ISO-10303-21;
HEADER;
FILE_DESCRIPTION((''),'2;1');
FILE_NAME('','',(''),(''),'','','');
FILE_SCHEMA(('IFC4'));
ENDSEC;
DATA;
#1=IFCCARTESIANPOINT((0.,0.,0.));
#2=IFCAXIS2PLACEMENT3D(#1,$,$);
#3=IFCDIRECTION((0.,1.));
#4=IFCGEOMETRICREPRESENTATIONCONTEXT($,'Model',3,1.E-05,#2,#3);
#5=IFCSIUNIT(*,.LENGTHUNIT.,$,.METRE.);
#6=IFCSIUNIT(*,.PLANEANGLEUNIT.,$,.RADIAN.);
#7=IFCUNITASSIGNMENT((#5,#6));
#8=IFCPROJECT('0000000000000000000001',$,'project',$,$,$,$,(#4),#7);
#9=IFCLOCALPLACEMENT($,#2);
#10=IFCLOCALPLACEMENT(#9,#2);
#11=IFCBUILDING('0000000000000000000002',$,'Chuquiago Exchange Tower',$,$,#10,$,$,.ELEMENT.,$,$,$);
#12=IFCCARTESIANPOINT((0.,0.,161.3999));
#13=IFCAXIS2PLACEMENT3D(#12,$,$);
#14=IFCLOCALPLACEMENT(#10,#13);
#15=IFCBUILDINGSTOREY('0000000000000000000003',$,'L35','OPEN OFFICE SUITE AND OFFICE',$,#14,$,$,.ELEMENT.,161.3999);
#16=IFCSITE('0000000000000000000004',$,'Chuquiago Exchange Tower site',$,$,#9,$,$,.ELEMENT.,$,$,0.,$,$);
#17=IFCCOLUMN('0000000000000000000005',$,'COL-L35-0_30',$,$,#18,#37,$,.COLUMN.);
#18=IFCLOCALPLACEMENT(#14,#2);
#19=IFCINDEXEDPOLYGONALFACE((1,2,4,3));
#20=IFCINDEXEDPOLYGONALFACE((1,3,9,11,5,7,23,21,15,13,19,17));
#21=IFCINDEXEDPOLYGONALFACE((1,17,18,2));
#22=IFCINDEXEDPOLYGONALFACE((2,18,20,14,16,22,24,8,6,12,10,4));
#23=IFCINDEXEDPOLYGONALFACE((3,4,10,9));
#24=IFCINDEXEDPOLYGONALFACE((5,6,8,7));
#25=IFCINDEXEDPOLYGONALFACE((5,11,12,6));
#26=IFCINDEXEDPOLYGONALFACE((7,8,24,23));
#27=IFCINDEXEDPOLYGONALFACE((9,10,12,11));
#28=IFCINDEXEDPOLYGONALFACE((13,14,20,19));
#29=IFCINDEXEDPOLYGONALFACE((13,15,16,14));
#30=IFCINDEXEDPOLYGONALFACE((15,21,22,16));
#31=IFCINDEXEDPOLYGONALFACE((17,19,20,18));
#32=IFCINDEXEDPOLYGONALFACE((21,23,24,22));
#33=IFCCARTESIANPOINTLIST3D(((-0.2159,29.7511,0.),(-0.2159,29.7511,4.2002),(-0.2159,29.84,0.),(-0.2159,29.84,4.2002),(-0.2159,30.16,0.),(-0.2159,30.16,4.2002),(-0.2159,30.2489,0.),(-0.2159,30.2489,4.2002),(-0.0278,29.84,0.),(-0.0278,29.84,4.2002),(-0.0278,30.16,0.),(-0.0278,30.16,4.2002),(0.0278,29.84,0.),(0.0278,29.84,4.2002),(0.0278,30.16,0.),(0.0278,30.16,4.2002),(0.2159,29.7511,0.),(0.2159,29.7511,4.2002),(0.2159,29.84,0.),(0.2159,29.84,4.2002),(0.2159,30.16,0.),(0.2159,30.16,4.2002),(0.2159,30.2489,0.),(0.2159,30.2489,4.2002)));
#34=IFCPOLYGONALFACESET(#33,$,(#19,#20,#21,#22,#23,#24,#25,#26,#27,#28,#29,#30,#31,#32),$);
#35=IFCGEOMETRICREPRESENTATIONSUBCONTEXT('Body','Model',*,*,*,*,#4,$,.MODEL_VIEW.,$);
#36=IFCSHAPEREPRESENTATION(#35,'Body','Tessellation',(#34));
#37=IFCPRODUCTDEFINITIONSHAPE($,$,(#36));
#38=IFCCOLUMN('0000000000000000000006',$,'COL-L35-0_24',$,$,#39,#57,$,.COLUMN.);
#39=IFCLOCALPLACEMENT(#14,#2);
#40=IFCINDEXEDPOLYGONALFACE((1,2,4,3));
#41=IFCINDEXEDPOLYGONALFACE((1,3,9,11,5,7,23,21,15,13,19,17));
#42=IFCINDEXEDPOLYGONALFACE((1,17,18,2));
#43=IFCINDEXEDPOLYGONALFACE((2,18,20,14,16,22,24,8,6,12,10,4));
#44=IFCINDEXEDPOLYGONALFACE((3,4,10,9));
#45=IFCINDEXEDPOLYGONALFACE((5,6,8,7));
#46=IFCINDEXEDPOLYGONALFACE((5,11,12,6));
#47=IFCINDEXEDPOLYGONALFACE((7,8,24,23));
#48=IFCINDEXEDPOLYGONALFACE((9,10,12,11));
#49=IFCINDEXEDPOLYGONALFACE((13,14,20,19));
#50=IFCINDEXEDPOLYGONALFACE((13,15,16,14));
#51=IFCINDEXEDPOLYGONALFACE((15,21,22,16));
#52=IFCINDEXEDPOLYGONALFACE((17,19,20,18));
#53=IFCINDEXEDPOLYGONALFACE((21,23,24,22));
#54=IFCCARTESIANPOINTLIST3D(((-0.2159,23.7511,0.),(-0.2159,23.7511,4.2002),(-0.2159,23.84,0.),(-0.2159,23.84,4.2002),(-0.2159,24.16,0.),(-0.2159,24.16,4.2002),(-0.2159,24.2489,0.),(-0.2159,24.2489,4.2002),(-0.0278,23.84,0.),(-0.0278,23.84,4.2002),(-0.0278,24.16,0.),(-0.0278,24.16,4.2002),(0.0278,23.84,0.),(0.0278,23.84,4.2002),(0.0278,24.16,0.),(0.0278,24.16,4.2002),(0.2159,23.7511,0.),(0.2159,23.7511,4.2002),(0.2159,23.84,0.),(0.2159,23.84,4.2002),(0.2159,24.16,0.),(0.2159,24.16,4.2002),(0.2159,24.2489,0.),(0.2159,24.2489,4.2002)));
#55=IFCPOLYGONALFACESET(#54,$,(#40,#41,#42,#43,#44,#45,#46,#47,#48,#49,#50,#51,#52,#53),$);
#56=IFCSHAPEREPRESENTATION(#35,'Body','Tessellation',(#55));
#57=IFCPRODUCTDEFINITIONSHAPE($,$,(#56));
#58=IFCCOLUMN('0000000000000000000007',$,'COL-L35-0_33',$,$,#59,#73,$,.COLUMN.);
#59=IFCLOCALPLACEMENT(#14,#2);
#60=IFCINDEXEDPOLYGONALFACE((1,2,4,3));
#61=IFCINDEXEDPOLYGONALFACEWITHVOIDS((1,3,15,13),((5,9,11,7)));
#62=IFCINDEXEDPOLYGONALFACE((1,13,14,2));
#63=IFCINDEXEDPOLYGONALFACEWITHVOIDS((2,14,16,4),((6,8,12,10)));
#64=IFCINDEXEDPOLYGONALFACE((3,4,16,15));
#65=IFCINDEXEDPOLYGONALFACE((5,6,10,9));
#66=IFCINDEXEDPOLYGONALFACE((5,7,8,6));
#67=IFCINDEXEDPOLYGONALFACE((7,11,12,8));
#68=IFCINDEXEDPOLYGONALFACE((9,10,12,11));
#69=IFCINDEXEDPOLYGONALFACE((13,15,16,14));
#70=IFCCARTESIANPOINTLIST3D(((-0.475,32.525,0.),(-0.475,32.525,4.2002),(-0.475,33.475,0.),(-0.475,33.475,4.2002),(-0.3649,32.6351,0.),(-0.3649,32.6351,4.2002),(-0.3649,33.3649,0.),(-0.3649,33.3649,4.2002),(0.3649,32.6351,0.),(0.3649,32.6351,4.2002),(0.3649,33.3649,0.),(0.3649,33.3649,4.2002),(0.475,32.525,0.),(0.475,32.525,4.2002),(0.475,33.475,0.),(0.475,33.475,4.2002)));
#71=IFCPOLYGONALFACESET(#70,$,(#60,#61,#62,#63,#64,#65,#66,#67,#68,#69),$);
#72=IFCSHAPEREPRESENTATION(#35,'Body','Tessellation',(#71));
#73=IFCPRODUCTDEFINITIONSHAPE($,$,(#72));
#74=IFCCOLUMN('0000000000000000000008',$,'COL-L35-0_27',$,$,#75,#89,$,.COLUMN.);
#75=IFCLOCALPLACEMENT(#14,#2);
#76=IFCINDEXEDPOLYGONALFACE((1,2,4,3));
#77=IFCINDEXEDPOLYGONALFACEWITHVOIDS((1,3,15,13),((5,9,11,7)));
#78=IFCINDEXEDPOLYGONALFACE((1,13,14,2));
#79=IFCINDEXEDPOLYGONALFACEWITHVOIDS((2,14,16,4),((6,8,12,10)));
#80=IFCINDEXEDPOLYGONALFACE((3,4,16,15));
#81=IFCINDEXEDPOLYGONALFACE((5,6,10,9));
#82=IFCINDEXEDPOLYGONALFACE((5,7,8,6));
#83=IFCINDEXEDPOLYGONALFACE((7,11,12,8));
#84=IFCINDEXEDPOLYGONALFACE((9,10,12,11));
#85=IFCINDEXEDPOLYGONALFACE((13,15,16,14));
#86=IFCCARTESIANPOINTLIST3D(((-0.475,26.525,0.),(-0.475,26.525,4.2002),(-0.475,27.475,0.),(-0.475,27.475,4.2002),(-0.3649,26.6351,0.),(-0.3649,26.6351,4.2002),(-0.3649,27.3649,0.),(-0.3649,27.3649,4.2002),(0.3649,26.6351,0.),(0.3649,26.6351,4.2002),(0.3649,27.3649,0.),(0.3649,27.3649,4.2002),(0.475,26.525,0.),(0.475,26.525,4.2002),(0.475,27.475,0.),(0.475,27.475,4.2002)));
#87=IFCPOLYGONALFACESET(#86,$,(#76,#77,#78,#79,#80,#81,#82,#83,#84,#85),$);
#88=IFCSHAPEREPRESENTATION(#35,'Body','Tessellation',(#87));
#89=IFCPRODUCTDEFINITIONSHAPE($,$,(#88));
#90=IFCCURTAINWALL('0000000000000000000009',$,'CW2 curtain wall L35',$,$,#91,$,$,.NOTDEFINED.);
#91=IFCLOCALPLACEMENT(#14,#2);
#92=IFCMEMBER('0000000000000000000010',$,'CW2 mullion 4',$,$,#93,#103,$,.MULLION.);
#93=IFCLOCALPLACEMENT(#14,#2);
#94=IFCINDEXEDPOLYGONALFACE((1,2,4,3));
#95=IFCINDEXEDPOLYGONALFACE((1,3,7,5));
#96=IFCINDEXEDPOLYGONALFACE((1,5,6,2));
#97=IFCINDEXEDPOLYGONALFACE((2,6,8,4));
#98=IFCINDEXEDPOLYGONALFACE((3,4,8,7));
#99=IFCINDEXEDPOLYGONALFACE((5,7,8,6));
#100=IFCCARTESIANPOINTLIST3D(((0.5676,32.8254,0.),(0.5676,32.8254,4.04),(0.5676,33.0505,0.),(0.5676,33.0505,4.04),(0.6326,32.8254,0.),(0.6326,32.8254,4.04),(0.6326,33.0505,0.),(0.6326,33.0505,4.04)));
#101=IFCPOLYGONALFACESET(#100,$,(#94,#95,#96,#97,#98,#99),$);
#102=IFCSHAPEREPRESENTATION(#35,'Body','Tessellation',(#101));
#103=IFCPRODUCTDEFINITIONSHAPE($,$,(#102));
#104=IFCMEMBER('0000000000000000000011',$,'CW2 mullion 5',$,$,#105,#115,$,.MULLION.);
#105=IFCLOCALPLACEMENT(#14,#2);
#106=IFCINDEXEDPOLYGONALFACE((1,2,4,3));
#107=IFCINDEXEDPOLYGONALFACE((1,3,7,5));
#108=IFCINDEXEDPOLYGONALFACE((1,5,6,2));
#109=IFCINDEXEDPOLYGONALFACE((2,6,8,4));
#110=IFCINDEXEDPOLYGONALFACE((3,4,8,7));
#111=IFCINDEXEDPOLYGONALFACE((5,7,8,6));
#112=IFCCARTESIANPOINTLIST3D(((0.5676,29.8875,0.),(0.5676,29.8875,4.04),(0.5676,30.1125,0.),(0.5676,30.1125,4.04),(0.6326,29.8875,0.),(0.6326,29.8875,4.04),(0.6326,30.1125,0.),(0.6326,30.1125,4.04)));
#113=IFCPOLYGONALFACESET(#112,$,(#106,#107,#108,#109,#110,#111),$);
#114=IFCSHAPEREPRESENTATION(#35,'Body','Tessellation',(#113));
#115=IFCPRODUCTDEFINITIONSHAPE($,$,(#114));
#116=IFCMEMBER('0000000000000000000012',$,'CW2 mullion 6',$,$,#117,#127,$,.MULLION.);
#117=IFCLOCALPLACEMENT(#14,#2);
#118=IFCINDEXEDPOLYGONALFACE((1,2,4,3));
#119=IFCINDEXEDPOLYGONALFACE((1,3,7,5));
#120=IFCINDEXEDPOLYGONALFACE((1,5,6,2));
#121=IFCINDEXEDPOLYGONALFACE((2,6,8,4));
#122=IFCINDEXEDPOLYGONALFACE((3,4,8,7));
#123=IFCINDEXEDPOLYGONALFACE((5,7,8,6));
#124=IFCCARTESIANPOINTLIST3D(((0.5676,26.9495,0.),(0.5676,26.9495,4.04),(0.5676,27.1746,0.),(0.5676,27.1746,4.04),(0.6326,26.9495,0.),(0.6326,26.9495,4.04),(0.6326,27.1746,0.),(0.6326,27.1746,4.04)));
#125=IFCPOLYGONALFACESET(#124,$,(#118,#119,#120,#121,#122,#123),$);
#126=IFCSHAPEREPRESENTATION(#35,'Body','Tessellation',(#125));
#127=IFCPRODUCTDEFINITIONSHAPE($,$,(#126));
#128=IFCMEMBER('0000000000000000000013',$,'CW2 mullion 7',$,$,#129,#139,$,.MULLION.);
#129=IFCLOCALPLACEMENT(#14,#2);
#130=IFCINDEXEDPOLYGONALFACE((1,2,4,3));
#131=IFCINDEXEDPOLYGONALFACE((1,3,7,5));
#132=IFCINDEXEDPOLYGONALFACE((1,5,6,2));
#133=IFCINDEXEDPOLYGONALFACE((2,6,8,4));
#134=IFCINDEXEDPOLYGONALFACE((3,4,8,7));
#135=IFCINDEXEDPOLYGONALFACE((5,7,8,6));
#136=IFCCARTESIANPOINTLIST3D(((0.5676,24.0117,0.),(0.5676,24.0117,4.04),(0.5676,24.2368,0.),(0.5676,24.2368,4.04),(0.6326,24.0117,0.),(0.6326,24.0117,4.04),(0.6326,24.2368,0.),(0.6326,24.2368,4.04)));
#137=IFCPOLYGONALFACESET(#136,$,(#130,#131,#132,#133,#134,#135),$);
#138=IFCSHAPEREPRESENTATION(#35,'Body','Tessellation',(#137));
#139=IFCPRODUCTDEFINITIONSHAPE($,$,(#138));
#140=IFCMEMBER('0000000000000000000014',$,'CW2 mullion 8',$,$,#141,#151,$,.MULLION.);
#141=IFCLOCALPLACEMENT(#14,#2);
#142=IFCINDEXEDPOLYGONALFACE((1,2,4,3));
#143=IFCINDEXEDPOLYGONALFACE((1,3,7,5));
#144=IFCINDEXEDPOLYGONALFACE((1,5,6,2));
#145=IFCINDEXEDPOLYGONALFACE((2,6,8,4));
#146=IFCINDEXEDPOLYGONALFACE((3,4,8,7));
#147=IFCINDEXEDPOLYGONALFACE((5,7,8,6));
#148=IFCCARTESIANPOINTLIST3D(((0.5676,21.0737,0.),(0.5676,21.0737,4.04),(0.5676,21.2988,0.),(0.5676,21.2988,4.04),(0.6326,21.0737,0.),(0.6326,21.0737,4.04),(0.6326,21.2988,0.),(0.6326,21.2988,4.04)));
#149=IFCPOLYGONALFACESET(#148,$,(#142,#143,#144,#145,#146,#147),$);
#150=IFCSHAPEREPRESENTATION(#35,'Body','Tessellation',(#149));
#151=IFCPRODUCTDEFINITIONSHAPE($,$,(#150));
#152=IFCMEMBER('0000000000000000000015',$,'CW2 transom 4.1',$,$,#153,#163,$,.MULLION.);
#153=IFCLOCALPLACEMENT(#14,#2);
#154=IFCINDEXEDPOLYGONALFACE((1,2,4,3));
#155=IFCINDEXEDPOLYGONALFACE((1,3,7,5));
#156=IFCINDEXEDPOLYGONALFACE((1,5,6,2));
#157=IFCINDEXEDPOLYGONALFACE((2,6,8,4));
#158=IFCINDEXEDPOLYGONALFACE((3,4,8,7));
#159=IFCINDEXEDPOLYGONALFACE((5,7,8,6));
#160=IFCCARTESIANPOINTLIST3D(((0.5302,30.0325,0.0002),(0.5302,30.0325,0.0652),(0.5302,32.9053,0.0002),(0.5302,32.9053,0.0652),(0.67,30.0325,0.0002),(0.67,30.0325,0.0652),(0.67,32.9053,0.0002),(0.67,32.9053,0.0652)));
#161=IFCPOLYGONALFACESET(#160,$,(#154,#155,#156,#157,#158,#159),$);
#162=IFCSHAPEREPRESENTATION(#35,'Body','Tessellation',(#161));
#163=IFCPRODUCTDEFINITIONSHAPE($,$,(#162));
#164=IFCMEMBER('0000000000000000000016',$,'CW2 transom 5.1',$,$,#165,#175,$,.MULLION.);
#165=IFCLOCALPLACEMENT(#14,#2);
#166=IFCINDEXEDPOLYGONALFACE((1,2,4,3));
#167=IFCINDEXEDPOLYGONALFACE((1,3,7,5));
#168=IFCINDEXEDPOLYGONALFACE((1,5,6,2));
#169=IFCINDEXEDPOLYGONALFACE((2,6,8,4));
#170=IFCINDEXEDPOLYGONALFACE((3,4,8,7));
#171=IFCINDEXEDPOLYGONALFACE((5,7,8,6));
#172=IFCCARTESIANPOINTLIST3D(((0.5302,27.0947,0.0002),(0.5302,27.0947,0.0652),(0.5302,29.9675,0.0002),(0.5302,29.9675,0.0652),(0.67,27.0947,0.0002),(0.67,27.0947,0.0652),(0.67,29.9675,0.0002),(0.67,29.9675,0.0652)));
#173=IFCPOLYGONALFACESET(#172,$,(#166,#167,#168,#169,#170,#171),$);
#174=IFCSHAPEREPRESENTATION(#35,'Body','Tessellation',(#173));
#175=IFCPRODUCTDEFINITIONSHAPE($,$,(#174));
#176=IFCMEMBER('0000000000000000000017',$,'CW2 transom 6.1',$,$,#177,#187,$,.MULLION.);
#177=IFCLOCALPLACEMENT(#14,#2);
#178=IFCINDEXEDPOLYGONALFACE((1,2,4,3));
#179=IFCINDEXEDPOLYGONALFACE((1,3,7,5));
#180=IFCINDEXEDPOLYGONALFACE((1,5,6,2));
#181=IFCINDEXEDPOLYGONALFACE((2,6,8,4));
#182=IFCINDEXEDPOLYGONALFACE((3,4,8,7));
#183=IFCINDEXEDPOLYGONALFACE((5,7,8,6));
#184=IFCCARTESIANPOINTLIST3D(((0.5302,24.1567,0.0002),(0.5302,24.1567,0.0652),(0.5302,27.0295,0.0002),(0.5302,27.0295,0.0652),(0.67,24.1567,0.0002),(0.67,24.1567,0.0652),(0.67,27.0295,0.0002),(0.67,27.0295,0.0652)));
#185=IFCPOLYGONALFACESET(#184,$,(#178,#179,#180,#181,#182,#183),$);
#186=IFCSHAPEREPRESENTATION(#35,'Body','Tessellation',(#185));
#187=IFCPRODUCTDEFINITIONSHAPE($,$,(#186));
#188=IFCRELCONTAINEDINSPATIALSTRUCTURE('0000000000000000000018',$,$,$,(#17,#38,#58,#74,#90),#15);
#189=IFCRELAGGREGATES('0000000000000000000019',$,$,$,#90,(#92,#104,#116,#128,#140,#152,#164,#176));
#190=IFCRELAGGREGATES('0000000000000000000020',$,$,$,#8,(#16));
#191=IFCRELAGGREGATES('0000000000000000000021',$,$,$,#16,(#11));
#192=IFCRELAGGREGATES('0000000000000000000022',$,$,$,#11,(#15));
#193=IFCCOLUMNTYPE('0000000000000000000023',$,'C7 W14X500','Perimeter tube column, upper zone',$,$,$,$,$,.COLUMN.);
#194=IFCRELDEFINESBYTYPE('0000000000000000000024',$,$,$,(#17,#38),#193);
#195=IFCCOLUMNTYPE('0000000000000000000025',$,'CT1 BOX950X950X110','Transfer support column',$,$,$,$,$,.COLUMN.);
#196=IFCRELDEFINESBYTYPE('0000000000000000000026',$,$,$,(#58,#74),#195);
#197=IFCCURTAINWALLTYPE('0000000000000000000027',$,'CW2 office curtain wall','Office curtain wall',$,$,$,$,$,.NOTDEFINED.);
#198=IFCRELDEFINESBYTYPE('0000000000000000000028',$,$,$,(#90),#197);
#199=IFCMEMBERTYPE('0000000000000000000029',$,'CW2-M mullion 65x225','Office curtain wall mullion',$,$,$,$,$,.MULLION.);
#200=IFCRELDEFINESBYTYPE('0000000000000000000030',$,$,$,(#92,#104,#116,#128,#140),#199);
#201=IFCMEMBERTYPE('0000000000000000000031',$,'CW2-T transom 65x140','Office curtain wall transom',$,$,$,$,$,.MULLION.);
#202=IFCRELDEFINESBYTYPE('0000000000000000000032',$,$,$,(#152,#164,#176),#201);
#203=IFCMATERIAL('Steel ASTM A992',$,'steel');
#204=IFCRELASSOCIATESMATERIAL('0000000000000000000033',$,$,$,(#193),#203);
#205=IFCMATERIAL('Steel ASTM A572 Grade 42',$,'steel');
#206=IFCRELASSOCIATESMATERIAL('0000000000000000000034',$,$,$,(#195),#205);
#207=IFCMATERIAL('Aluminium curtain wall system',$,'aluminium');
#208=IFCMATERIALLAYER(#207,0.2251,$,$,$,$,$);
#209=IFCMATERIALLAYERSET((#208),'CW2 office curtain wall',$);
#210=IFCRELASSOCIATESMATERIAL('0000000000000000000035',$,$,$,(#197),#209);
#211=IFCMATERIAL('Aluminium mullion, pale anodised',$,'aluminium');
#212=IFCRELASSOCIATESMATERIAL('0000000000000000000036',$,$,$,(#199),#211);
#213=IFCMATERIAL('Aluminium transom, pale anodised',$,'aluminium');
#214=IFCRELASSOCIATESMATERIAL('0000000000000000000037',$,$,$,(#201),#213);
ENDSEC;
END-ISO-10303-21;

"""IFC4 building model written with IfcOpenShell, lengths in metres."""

from ifc_helpers import new_model, si_unit, direction, frame, origin, origin_2d, place, context, subcontext, project, spatial, rectangle, hollow_rectangle, i_section, extrude, material, layer, layer_set, material_profile, profile_set, type_object, element, aggregate, save


model = new_model("IFC4")

# Units and contexts
model_context = context("Model", 3, precision=1e-05, world=origin(), true_north=direction((0.0, 1.0)))
body_context = subcontext(model_context, "Body", "Model", "MODEL_VIEW")
ifc_project = project(units=[si_unit("LENGTHUNIT", "METRE"), si_unit("PLANEANGLEUNIT", "RADIAN")], contexts=[model_context])

# Site, building, storey
site_placement = place(None, origin())
site = spatial("IfcSite", under=ifc_project, at=site_placement, Name="Chuquiago Exchange Tower site", CompositionType="ELEMENT", RefElevation=0.0)
building_placement = place(site_placement, origin())
building = spatial("IfcBuilding", under=site, at=building_placement, Name="Chuquiago Exchange Tower", CompositionType="ELEMENT")
storey_placement = place(building_placement, frame((0.0, 0.0, 161.3999)))
storey = spatial("IfcBuildingStorey", under=building, at=storey_placement, Name="L35", Description="OPEN OFFICE SUITE AND OFFICE", CompositionType="ELEMENT", Elevation=161.3999)

# Columns
ifc_material_1 = material(Name="Steel ASTM A992", Category="steel")
ifc_material_profile_1 = material_profile(ifc_material_1, i_section(OverallWidth=0.4319, OverallDepth=0.4978, WebThickness=0.0557, FlangeThickness=0.0889, at=origin_2d()), Name="W14X500")
ifc_profile_set_1 = profile_set([ifc_material_profile_1], Name="Steel ASTM A992")
column_type_1 = type_object("IfcColumnType", Name="C7 W14X500", Description="Perimeter tube column, upper zone", PredefinedType="COLUMN", material=ifc_profile_set_1)
for number, where, z_axis, x_axis, name in (
    (1, (0.0, 30.0, 0.0), (0.0, 0.0, 1.0), (-1.0, 0.0, 0.0), "COL-L35-0_30"),
    (2, (0.0, 24.0, 0.0), (0.0, 0.0, 1.0), (-1.0, 0.0, 0.0), "COL-L35-0_24"),
):
    element("IfcColumn", number, at=place(storey_placement, frame(where, z_axis=z_axis, x_axis=x_axis)), inside=storey, type_object=column_type_1, Name=name, PredefinedType="COLUMN", context=body_context, shape_type="SweptSolid", body=[
        extrude(i_section(OverallWidth=0.4319, OverallDepth=0.4978, WebThickness=0.0557, FlangeThickness=0.0889, at=origin_2d()), origin(), (0.0, 0.0, 1.0), 4.2002),
    ])
ifc_material_2 = material(Name="Steel ASTM A572 Grade 42", Category="steel")
ifc_material_profile_2 = material_profile(ifc_material_2, hollow_rectangle(XDim=0.95, YDim=0.95, WallThickness=0.1101, at=origin_2d()), Name="BOX950X950X110")
ifc_profile_set_2 = profile_set([ifc_material_profile_2], Name="Steel ASTM A572 Grade 42")
column_type_2 = type_object("IfcColumnType", Name="CT1 BOX950X950X110", Description="Transfer support column", PredefinedType="COLUMN", material=ifc_profile_set_2)
for number, where, z_axis, x_axis, name in (
    (3, (0.0, 33.0, 0.0), (0.0, 0.0, 1.0), (-1.0, 0.0, 0.0), "COL-L35-0_33"),
    (4, (0.0, 27.0, 0.0), (0.0, 0.0, 1.0), (-1.0, 0.0, 0.0), "COL-L35-0_27"),
):
    element("IfcColumn", number, at=place(storey_placement, frame(where, z_axis=z_axis, x_axis=x_axis)), inside=storey, type_object=column_type_2, Name=name, PredefinedType="COLUMN", context=body_context, shape_type="SweptSolid", body=[
        extrude(hollow_rectangle(XDim=0.95, YDim=0.95, WallThickness=0.1101, at=origin_2d()), origin(), (0.0, 0.0, 1.0), 4.2002),
    ])

# Curtain wall, members
ifc_material_3 = material(Name="Aluminium curtain wall system", Category="aluminium")
ifc_layer_1 = layer(ifc_material_3, 0.2251)
ifc_layer_set_1 = layer_set([ifc_layer_1], Name="CW2 office curtain wall")
curtain_wall_type = type_object("IfcCurtainWallType", Name="CW2 office curtain wall", Description="Office curtain wall", PredefinedType="NOTDEFINED", material=ifc_layer_set_1)
curtain_wall_placement = place(storey_placement, origin())
curtain_wall = element("IfcCurtainWall", 5, at=curtain_wall_placement, inside=storey, type_object=curtain_wall_type, Name="CW2 curtain wall L35", PredefinedType="NOTDEFINED")
ifc_material_4 = material(Name="Aluminium mullion, pale anodised", Category="aluminium")
ifc_material_profile_3 = material_profile(ifc_material_4, rectangle(XDim=0.0649, YDim=0.2251, at=origin_2d()), Name="AL 65x225")
ifc_profile_set_3 = profile_set([ifc_material_profile_3], Name="Aluminium mullion, pale anodised")
member_type_1 = type_object("IfcMemberType", Name="CW2-M mullion 65x225", Description="Office curtain wall mullion", PredefinedType="MULLION", material=ifc_profile_set_3)
member_1_placement = place(storey_placement, frame((0.6001, 32.938, 0.0), z_axis=(0.0, 0.0, 1.0), x_axis=(1.0, 0.0, 0.0)))
member_1 = element("IfcMember", 6, at=member_1_placement, type_object=member_type_1, Name="CW2 mullion 4", PredefinedType="MULLION", context=body_context, shape_type="SweptSolid", body=[
    extrude(rectangle(XDim=0.0649, YDim=0.2251, at=origin_2d()), origin(), (0.0, 0.0, 1.0), 4.04),
])
member_2_placement = place(storey_placement, frame((0.6001, 30.0, 0.0), z_axis=(0.0, 0.0, 1.0), x_axis=(1.0, 0.0, 0.0)))
member_2 = element("IfcMember", 7, at=member_2_placement, type_object=member_type_1, Name="CW2 mullion 5", PredefinedType="MULLION", context=body_context, shape_type="SweptSolid", body=[
    extrude(rectangle(XDim=0.0649, YDim=0.2251, at=origin_2d()), origin(), (0.0, 0.0, 1.0), 4.04),
])
member_3_placement = place(storey_placement, frame((0.6001, 27.062, 0.0), z_axis=(0.0, 0.0, 1.0), x_axis=(1.0, 0.0, 0.0)))
member_3 = element("IfcMember", 8, at=member_3_placement, type_object=member_type_1, Name="CW2 mullion 6", PredefinedType="MULLION", context=body_context, shape_type="SweptSolid", body=[
    extrude(rectangle(XDim=0.0649, YDim=0.2251, at=origin_2d()), origin(), (0.0, 0.0, 1.0), 4.04),
])
member_4_placement = place(storey_placement, frame((0.6001, 24.1243, 0.0), z_axis=(0.0, 0.0, 1.0), x_axis=(1.0, 0.0, 0.0)))
member_4 = element("IfcMember", 9, at=member_4_placement, type_object=member_type_1, Name="CW2 mullion 7", PredefinedType="MULLION", context=body_context, shape_type="SweptSolid", body=[
    extrude(rectangle(XDim=0.0649, YDim=0.2251, at=origin_2d()), origin(), (0.0, 0.0, 1.0), 4.04),
])
member_5_placement = place(storey_placement, frame((0.6001, 21.1863, 0.0), z_axis=(0.0, 0.0, 1.0), x_axis=(1.0, 0.0, 0.0)))
member_5 = element("IfcMember", 10, at=member_5_placement, type_object=member_type_1, Name="CW2 mullion 8", PredefinedType="MULLION", context=body_context, shape_type="SweptSolid", body=[
    extrude(rectangle(XDim=0.0649, YDim=0.2251, at=origin_2d()), origin(), (0.0, 0.0, 1.0), 4.04),
])
ifc_material_5 = material(Name="Aluminium transom, pale anodised", Category="aluminium")
ifc_material_profile_4 = material_profile(ifc_material_5, rectangle(XDim=0.1399, YDim=0.0649, at=origin_2d()), Name="AL 140x65")
ifc_profile_set_4 = profile_set([ifc_material_profile_4], Name="Aluminium transom, pale anodised")
member_type_2 = type_object("IfcMemberType", Name="CW2-T transom 65x140", Description="Office curtain wall transom", PredefinedType="MULLION", material=ifc_profile_set_4)
member_6_placement = place(storey_placement, frame((0.6001, 32.9053, 0.0327), z_axis=(0.0, -1.0, 0.0), x_axis=(1.0, 0.0, 0.0)))
member_6 = element("IfcMember", 11, at=member_6_placement, type_object=member_type_2, Name="CW2 transom 4.1", PredefinedType="MULLION", context=body_context, shape_type="SweptSolid", body=[
    extrude(rectangle(XDim=0.1399, YDim=0.0649, at=origin_2d()), origin(), (0.0, 0.0, 1.0), 2.8728),
])
member_7_placement = place(storey_placement, frame((0.6001, 29.9675, 0.0327), z_axis=(0.0, -1.0, 0.0), x_axis=(1.0, 0.0, 0.0)))
member_7 = element("IfcMember", 12, at=member_7_placement, type_object=member_type_2, Name="CW2 transom 5.1", PredefinedType="MULLION", context=body_context, shape_type="SweptSolid", body=[
    extrude(rectangle(XDim=0.1399, YDim=0.0649, at=origin_2d()), origin(), (0.0, 0.0, 1.0), 2.8728),
])
member_8_placement = place(storey_placement, frame((0.6001, 27.0295, 0.0327), z_axis=(0.0, -1.0, 0.0), x_axis=(1.0, 0.0, 0.0)))
member_8 = element("IfcMember", 13, at=member_8_placement, type_object=member_type_2, Name="CW2 transom 6.1", PredefinedType="MULLION", context=body_context, shape_type="SweptSolid", body=[
    extrude(rectangle(XDim=0.1399, YDim=0.0649, at=origin_2d()), origin(), (0.0, 0.0, 1.0), 2.8728),
])

aggregate(curtain_wall, [member_1, member_2, member_3, member_4, member_5, member_6, member_7, member_8])

save(model, "model.ifc")
